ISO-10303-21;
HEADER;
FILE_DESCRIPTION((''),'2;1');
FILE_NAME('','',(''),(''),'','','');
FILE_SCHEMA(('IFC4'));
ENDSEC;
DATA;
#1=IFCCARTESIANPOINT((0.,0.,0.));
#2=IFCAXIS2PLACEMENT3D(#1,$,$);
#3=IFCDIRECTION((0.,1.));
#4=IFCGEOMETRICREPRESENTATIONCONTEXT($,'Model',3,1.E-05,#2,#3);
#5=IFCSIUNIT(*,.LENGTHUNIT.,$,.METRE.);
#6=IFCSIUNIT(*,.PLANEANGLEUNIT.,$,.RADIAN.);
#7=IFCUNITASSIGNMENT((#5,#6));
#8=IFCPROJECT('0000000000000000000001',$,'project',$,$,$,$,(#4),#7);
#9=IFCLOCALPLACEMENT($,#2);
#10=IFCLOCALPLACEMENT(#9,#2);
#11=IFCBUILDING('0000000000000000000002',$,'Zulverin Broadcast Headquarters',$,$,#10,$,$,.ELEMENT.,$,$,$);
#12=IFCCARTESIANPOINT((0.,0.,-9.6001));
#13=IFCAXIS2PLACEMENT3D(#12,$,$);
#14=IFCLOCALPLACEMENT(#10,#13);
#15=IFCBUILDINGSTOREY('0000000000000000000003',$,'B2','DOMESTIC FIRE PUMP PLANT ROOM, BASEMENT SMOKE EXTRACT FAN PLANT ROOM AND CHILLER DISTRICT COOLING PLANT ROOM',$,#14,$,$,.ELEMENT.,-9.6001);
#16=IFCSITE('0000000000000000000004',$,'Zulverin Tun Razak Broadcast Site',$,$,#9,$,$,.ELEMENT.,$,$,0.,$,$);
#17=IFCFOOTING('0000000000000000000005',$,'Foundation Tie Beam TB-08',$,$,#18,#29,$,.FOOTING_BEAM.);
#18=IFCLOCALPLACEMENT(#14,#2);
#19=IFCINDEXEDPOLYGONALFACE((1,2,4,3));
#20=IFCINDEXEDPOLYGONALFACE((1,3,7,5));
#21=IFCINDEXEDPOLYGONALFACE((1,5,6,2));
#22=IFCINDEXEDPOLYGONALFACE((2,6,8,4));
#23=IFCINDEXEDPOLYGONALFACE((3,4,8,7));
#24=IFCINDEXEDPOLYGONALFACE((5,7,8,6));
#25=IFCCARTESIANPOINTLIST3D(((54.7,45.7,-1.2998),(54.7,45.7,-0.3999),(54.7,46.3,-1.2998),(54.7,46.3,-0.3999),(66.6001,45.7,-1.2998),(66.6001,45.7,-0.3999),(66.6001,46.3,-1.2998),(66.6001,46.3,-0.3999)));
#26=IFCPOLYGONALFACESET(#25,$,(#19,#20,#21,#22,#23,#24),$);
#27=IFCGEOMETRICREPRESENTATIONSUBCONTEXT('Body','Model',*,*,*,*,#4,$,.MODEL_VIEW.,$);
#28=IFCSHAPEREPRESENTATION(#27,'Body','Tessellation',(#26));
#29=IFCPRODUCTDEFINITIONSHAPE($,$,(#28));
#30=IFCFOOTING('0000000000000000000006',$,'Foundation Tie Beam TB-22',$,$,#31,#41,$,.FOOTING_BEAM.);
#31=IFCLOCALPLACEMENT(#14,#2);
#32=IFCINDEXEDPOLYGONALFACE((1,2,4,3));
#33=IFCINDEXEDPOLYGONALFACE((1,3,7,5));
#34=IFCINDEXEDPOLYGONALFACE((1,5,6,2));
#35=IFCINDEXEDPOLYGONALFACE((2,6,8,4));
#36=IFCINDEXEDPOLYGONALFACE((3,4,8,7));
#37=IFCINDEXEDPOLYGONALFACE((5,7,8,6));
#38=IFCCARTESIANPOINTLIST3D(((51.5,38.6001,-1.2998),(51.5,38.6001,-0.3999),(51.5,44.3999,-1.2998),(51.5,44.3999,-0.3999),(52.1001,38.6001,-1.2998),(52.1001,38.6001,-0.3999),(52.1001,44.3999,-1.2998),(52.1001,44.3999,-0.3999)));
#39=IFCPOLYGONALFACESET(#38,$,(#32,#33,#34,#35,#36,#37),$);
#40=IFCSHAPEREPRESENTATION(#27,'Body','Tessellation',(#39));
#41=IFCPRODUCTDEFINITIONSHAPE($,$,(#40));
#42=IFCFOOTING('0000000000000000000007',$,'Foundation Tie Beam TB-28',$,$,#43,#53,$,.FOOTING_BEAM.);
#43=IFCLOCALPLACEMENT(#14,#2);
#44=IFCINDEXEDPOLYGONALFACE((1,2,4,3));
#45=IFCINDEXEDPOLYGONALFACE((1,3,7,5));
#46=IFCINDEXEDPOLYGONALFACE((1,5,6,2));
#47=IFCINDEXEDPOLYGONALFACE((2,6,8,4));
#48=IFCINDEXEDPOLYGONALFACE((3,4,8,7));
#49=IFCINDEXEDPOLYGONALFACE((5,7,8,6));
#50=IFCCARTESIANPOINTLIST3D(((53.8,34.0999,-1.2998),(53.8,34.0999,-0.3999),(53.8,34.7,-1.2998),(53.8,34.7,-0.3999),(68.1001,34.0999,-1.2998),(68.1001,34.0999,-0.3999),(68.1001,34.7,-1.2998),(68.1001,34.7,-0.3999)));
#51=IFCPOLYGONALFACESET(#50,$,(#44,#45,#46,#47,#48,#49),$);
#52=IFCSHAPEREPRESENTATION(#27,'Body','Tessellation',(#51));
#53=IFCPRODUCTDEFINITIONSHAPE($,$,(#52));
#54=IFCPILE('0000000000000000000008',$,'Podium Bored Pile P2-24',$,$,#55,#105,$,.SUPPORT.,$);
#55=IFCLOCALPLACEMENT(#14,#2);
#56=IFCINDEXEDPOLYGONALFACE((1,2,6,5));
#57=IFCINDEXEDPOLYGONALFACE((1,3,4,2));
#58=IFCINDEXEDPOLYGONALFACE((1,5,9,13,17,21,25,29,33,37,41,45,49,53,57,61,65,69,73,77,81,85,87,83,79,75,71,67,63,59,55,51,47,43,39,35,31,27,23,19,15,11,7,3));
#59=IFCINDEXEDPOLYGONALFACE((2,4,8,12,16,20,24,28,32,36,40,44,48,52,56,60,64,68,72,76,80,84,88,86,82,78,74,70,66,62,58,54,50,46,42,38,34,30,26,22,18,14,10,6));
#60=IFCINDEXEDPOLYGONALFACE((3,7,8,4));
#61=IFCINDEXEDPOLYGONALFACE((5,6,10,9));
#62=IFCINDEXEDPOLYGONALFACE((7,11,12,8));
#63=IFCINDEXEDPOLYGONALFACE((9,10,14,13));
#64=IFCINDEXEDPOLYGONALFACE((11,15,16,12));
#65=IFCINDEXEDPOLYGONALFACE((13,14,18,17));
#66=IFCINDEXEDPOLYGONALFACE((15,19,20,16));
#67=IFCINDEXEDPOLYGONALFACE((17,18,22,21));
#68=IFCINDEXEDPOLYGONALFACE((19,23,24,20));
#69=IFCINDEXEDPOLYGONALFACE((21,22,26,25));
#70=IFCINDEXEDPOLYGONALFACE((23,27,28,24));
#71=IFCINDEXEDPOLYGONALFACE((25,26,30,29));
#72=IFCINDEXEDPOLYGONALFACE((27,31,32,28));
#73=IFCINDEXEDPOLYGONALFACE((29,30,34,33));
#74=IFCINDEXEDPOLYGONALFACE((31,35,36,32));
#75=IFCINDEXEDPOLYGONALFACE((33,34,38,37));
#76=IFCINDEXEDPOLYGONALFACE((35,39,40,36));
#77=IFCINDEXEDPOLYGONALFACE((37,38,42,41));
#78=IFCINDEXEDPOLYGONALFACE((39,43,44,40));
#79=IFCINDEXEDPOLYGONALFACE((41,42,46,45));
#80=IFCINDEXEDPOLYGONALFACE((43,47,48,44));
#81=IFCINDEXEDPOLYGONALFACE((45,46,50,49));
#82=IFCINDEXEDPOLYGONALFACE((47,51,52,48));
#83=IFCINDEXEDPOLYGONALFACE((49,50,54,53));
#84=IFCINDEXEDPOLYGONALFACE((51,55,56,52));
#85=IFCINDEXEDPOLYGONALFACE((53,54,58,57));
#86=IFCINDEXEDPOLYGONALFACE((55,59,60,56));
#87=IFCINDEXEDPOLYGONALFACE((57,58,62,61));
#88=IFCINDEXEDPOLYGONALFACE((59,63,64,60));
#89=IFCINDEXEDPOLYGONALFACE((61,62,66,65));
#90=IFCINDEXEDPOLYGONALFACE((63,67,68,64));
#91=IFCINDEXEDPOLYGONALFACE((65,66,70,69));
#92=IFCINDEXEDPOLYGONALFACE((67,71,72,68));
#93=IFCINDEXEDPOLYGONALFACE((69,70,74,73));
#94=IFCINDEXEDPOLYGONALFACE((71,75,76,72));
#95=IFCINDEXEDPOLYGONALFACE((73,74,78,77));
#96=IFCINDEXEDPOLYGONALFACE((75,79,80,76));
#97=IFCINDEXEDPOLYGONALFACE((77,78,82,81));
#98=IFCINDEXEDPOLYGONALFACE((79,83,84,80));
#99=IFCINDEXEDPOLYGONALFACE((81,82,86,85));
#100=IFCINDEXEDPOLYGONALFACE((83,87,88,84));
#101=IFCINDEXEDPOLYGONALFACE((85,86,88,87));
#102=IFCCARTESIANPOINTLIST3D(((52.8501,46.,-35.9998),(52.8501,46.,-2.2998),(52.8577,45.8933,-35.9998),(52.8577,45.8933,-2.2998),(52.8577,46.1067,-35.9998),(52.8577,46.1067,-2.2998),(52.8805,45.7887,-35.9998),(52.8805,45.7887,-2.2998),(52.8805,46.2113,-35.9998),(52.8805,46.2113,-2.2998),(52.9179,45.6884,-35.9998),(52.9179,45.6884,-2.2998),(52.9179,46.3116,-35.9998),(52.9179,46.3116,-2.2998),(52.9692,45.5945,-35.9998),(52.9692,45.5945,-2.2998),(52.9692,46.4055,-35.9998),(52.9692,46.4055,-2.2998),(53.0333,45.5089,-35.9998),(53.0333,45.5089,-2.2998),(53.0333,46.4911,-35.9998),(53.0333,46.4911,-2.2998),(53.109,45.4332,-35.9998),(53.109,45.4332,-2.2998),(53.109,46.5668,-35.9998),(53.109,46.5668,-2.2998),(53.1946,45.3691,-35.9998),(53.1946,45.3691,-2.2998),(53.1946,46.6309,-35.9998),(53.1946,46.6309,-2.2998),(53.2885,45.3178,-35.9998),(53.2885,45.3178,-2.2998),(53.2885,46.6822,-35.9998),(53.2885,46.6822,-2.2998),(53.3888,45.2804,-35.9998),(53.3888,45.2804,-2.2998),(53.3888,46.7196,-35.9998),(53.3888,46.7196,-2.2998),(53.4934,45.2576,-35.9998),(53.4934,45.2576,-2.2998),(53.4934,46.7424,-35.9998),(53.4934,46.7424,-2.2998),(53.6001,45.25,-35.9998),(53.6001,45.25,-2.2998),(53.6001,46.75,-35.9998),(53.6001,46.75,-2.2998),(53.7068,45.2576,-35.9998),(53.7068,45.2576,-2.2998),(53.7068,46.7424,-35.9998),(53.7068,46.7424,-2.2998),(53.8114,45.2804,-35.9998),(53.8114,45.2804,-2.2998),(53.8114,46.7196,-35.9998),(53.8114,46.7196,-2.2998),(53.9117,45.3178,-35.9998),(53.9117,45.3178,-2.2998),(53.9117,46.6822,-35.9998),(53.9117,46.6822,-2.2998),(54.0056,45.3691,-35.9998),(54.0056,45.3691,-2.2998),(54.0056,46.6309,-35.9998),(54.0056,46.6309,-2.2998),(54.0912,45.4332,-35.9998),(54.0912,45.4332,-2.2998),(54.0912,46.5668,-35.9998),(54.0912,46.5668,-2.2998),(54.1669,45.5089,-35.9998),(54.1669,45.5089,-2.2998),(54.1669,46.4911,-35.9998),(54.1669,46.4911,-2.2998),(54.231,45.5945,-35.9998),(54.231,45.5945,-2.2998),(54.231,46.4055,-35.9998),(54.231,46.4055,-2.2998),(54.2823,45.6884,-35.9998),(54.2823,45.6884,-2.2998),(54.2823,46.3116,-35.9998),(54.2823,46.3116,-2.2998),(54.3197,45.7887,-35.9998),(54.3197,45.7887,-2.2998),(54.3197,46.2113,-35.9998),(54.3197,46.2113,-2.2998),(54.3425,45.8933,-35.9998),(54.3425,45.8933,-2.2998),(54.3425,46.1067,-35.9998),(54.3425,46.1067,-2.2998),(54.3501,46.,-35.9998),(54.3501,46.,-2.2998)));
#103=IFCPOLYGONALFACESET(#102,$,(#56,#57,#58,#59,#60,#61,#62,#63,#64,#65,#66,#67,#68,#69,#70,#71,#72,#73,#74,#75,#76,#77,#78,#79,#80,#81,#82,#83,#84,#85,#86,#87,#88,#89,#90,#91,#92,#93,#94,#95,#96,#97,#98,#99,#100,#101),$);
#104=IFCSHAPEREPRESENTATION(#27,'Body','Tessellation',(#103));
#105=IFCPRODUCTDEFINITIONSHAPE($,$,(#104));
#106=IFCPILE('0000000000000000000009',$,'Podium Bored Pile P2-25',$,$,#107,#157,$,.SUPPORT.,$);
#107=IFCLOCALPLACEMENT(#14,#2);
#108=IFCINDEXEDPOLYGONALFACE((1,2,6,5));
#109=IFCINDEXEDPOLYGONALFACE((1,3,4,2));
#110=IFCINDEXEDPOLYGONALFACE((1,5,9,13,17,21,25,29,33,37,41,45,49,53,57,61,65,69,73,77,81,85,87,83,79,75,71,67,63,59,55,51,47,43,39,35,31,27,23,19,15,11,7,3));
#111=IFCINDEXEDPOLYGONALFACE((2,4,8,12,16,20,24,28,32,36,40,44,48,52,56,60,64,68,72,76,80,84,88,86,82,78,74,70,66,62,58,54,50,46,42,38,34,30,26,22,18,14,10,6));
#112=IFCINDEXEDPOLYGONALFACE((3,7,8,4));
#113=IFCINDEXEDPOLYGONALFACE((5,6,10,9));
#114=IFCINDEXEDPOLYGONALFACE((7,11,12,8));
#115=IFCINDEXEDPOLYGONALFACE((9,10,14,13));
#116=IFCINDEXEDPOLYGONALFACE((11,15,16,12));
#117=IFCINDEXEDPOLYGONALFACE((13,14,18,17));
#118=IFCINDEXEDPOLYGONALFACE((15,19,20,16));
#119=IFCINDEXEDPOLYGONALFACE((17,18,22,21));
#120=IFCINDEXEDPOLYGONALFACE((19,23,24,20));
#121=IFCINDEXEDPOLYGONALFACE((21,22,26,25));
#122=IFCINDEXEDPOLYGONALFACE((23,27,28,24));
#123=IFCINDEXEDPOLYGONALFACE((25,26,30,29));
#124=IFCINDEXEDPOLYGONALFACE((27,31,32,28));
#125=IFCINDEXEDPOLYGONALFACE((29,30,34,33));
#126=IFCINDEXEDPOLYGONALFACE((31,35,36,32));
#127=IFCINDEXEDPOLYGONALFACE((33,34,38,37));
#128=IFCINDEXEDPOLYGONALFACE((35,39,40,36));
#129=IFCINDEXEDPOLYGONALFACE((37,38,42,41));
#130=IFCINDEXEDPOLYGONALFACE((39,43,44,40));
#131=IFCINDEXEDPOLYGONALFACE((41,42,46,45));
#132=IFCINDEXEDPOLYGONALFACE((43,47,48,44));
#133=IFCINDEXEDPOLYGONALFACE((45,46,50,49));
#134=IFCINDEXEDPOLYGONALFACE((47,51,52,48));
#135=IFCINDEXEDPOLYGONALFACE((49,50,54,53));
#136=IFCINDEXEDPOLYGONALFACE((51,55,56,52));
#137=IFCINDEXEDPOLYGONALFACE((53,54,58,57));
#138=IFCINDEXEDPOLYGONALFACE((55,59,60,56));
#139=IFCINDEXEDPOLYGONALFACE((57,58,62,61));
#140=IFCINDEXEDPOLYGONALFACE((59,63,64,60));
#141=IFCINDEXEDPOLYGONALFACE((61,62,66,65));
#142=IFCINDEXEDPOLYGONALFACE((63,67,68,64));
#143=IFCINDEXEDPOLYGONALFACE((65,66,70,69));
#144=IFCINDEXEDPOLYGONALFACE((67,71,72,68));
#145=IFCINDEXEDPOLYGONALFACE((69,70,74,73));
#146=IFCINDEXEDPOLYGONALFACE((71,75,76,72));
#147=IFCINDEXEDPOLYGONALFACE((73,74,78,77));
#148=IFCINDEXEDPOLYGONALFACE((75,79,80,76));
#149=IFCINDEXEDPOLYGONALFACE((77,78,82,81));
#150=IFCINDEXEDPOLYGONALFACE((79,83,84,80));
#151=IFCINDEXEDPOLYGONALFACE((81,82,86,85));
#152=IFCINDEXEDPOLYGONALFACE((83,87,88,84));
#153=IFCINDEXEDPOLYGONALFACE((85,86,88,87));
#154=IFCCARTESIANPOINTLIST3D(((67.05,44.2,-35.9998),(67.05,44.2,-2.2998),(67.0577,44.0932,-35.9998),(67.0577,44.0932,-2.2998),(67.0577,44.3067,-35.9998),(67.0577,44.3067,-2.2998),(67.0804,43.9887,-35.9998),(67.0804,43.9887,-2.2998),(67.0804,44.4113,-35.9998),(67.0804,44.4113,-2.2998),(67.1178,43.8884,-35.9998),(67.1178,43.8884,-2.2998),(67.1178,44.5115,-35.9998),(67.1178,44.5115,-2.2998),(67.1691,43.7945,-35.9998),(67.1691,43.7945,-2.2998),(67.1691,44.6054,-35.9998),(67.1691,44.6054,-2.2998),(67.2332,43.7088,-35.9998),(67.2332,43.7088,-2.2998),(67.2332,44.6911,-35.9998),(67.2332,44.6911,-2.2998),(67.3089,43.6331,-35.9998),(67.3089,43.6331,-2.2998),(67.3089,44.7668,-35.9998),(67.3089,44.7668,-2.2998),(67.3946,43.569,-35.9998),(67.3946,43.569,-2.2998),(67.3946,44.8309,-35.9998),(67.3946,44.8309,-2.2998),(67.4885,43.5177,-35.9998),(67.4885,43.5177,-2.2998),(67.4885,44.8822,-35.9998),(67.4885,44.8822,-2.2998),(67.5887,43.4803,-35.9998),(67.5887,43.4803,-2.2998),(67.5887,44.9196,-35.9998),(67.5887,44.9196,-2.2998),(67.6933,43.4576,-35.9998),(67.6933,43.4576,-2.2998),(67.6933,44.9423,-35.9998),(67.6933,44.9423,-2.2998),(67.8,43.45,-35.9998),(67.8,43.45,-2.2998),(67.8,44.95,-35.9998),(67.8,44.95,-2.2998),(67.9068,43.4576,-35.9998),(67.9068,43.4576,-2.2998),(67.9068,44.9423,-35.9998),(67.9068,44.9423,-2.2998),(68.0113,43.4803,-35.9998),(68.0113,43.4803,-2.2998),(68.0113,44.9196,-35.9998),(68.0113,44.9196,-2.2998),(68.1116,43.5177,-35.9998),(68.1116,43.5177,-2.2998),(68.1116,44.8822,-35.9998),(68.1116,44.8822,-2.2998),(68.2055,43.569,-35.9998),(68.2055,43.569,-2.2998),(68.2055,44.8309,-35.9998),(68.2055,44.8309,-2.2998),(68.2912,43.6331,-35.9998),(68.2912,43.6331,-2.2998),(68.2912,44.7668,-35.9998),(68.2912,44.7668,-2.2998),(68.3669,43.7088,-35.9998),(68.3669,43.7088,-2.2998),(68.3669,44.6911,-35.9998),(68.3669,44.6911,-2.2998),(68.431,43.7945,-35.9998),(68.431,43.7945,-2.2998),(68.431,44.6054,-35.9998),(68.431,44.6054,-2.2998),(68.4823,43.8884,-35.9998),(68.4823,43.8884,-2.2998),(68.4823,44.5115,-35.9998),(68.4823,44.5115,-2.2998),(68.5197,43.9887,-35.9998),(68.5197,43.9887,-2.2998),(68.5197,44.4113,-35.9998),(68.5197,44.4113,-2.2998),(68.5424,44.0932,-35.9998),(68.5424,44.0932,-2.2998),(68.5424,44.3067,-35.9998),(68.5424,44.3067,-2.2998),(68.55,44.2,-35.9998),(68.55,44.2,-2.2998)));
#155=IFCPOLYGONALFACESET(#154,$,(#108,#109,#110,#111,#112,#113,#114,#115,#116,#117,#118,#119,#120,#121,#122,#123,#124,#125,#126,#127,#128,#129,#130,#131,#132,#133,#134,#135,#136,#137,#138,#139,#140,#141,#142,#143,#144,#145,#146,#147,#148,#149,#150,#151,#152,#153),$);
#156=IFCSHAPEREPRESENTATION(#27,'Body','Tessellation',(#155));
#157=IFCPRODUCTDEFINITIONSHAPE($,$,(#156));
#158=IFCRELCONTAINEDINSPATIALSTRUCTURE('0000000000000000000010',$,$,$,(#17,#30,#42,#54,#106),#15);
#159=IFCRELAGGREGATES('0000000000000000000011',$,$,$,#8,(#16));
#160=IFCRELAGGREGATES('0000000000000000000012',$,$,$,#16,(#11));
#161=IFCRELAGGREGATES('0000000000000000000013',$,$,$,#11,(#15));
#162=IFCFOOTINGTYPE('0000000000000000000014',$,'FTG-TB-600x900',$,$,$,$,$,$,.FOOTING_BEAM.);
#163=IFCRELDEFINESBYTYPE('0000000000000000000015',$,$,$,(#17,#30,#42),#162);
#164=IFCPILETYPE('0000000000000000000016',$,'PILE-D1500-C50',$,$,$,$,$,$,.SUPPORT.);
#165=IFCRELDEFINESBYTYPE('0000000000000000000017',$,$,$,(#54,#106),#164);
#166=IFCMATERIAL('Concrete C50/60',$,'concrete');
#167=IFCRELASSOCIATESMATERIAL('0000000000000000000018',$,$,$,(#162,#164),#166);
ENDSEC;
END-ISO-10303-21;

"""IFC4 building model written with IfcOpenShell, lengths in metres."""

from ifc_helpers import new_model, si_unit, direction, frame, origin, origin_2d, place, context, subcontext, project, spatial, rectangle, circle, extrude, material, material_profile, profile_set, type_object, element, save


model = new_model("IFC4")

# Units and contexts
model_context = context("Model", 3, precision=1e-05, world=origin(), true_north=direction((0.0, 1.0)))
body_context = subcontext(model_context, "Body", "Model", "MODEL_VIEW")
ifc_project = project(units=[si_unit("LENGTHUNIT", "METRE"), si_unit("PLANEANGLEUNIT", "RADIAN")], contexts=[model_context])

# Site, building, storey
site_placement = place(None, origin())
site = spatial("IfcSite", under=ifc_project, at=site_placement, Name="Zulverin Tun Razak Broadcast Site", CompositionType="ELEMENT", RefElevation=0.0)
building_placement = place(site_placement, origin())
building = spatial("IfcBuilding", under=site, at=building_placement, Name="Zulverin Broadcast Headquarters", CompositionType="ELEMENT")
storey_placement = place(building_placement, frame((0.0, 0.0, -9.6001)))
storey = spatial("IfcBuildingStorey", under=building, at=storey_placement, Name="B2", Description="DOMESTIC FIRE PUMP PLANT ROOM, BASEMENT SMOKE EXTRACT FAN PLANT ROOM AND CHILLER DISTRICT COOLING PLANT ROOM", CompositionType="ELEMENT", Elevation=-9.6001)

# Footings
ifc_material_1 = material(Name="Concrete C50/60", Category="concrete")
ifc_material_profile_1 = material_profile(ifc_material_1, rectangle(XDim=0.6001, YDim=0.8999, at=origin_2d()), Name="Concrete C50/60", Category="concrete")
ifc_profile_set_1 = profile_set([ifc_material_profile_1], Name="Concrete C50/60")
footing_type = type_object("IfcFootingType", Name="FTG-TB-600x900", PredefinedType="FOOTING_BEAM", material=ifc_profile_set_1)
footing_1_placement = place(storey_placement, frame((54.7, 46.0, -0.8499), z_axis=(1.0, 0.0, 0.0), x_axis=(0.0, 1.0, 0.0)))
element("IfcFooting", 1, at=footing_1_placement, inside=storey, type_object=footing_type, Name="Foundation Tie Beam TB-08", PredefinedType="FOOTING_BEAM", context=body_context, shape_type="SweptSolid", body=[
    extrude(rectangle(XDim=0.6001, YDim=0.8999, at=origin_2d()), origin(), (0.0, 0.0, 1.0), 11.9001),
])
footing_2_placement = place(storey_placement, frame((51.8, 38.6001, -0.8499), z_axis=(0.0, 1.0, 0.0), x_axis=(-1.0, 0.0, 0.0)))
element("IfcFooting", 2, at=footing_2_placement, inside=storey, type_object=footing_type, Name="Foundation Tie Beam TB-22", PredefinedType="FOOTING_BEAM", context=body_context, shape_type="SweptSolid", body=[
    extrude(rectangle(XDim=0.6001, YDim=0.8999, at=origin_2d()), origin(), (0.0, 0.0, 1.0), 5.7998),
])
footing_3_placement = place(storey_placement, frame((53.8, 34.3999, -0.8499), z_axis=(1.0, 0.0, 0.0), x_axis=(0.0, 1.0, 0.0)))
element("IfcFooting", 3, at=footing_3_placement, inside=storey, type_object=footing_type, Name="Foundation Tie Beam TB-28", PredefinedType="FOOTING_BEAM", context=body_context, shape_type="SweptSolid", body=[
    extrude(rectangle(XDim=0.6001, YDim=0.8999, at=origin_2d()), origin(), (0.0, 0.0, 1.0), 14.3),
])

# Piles
ifc_material_profile_2 = material_profile(ifc_material_1, circle(Radius=0.75, at=origin_2d()), Name="Concrete C50/60", Category="concrete")
ifc_profile_set_2 = profile_set([ifc_material_profile_2], Name="Concrete C50/60")
pile_type_1 = type_object("IfcPileType", Name="PILE-D1500-C50", PredefinedType="SUPPORT", material=ifc_profile_set_2)
for number, where, z_axis, x_axis, name in (
    (4, (53.6001, 46.0, -2.2998), (0.0, 0.0, -1.0), (1.0, 0.0, 0.0), "Podium Bored Pile P2-24"),
    (5, (67.8, 44.2, -2.2998), (0.0, 0.0, -1.0), (1.0, 0.0, 0.0), "Podium Bored Pile P2-25"),
):
    element("IfcPile", number, at=place(storey_placement, frame(where, z_axis=z_axis, x_axis=x_axis)), inside=storey, type_object=pile_type_1, Name=name, PredefinedType="SUPPORT", context=body_context, shape_type="SweptSolid", body=[
        extrude(circle(Radius=0.75, at=origin_2d()), origin(), (0.0, 0.0, 1.0), 33.7),
    ])

save(model, "model.ifc")
